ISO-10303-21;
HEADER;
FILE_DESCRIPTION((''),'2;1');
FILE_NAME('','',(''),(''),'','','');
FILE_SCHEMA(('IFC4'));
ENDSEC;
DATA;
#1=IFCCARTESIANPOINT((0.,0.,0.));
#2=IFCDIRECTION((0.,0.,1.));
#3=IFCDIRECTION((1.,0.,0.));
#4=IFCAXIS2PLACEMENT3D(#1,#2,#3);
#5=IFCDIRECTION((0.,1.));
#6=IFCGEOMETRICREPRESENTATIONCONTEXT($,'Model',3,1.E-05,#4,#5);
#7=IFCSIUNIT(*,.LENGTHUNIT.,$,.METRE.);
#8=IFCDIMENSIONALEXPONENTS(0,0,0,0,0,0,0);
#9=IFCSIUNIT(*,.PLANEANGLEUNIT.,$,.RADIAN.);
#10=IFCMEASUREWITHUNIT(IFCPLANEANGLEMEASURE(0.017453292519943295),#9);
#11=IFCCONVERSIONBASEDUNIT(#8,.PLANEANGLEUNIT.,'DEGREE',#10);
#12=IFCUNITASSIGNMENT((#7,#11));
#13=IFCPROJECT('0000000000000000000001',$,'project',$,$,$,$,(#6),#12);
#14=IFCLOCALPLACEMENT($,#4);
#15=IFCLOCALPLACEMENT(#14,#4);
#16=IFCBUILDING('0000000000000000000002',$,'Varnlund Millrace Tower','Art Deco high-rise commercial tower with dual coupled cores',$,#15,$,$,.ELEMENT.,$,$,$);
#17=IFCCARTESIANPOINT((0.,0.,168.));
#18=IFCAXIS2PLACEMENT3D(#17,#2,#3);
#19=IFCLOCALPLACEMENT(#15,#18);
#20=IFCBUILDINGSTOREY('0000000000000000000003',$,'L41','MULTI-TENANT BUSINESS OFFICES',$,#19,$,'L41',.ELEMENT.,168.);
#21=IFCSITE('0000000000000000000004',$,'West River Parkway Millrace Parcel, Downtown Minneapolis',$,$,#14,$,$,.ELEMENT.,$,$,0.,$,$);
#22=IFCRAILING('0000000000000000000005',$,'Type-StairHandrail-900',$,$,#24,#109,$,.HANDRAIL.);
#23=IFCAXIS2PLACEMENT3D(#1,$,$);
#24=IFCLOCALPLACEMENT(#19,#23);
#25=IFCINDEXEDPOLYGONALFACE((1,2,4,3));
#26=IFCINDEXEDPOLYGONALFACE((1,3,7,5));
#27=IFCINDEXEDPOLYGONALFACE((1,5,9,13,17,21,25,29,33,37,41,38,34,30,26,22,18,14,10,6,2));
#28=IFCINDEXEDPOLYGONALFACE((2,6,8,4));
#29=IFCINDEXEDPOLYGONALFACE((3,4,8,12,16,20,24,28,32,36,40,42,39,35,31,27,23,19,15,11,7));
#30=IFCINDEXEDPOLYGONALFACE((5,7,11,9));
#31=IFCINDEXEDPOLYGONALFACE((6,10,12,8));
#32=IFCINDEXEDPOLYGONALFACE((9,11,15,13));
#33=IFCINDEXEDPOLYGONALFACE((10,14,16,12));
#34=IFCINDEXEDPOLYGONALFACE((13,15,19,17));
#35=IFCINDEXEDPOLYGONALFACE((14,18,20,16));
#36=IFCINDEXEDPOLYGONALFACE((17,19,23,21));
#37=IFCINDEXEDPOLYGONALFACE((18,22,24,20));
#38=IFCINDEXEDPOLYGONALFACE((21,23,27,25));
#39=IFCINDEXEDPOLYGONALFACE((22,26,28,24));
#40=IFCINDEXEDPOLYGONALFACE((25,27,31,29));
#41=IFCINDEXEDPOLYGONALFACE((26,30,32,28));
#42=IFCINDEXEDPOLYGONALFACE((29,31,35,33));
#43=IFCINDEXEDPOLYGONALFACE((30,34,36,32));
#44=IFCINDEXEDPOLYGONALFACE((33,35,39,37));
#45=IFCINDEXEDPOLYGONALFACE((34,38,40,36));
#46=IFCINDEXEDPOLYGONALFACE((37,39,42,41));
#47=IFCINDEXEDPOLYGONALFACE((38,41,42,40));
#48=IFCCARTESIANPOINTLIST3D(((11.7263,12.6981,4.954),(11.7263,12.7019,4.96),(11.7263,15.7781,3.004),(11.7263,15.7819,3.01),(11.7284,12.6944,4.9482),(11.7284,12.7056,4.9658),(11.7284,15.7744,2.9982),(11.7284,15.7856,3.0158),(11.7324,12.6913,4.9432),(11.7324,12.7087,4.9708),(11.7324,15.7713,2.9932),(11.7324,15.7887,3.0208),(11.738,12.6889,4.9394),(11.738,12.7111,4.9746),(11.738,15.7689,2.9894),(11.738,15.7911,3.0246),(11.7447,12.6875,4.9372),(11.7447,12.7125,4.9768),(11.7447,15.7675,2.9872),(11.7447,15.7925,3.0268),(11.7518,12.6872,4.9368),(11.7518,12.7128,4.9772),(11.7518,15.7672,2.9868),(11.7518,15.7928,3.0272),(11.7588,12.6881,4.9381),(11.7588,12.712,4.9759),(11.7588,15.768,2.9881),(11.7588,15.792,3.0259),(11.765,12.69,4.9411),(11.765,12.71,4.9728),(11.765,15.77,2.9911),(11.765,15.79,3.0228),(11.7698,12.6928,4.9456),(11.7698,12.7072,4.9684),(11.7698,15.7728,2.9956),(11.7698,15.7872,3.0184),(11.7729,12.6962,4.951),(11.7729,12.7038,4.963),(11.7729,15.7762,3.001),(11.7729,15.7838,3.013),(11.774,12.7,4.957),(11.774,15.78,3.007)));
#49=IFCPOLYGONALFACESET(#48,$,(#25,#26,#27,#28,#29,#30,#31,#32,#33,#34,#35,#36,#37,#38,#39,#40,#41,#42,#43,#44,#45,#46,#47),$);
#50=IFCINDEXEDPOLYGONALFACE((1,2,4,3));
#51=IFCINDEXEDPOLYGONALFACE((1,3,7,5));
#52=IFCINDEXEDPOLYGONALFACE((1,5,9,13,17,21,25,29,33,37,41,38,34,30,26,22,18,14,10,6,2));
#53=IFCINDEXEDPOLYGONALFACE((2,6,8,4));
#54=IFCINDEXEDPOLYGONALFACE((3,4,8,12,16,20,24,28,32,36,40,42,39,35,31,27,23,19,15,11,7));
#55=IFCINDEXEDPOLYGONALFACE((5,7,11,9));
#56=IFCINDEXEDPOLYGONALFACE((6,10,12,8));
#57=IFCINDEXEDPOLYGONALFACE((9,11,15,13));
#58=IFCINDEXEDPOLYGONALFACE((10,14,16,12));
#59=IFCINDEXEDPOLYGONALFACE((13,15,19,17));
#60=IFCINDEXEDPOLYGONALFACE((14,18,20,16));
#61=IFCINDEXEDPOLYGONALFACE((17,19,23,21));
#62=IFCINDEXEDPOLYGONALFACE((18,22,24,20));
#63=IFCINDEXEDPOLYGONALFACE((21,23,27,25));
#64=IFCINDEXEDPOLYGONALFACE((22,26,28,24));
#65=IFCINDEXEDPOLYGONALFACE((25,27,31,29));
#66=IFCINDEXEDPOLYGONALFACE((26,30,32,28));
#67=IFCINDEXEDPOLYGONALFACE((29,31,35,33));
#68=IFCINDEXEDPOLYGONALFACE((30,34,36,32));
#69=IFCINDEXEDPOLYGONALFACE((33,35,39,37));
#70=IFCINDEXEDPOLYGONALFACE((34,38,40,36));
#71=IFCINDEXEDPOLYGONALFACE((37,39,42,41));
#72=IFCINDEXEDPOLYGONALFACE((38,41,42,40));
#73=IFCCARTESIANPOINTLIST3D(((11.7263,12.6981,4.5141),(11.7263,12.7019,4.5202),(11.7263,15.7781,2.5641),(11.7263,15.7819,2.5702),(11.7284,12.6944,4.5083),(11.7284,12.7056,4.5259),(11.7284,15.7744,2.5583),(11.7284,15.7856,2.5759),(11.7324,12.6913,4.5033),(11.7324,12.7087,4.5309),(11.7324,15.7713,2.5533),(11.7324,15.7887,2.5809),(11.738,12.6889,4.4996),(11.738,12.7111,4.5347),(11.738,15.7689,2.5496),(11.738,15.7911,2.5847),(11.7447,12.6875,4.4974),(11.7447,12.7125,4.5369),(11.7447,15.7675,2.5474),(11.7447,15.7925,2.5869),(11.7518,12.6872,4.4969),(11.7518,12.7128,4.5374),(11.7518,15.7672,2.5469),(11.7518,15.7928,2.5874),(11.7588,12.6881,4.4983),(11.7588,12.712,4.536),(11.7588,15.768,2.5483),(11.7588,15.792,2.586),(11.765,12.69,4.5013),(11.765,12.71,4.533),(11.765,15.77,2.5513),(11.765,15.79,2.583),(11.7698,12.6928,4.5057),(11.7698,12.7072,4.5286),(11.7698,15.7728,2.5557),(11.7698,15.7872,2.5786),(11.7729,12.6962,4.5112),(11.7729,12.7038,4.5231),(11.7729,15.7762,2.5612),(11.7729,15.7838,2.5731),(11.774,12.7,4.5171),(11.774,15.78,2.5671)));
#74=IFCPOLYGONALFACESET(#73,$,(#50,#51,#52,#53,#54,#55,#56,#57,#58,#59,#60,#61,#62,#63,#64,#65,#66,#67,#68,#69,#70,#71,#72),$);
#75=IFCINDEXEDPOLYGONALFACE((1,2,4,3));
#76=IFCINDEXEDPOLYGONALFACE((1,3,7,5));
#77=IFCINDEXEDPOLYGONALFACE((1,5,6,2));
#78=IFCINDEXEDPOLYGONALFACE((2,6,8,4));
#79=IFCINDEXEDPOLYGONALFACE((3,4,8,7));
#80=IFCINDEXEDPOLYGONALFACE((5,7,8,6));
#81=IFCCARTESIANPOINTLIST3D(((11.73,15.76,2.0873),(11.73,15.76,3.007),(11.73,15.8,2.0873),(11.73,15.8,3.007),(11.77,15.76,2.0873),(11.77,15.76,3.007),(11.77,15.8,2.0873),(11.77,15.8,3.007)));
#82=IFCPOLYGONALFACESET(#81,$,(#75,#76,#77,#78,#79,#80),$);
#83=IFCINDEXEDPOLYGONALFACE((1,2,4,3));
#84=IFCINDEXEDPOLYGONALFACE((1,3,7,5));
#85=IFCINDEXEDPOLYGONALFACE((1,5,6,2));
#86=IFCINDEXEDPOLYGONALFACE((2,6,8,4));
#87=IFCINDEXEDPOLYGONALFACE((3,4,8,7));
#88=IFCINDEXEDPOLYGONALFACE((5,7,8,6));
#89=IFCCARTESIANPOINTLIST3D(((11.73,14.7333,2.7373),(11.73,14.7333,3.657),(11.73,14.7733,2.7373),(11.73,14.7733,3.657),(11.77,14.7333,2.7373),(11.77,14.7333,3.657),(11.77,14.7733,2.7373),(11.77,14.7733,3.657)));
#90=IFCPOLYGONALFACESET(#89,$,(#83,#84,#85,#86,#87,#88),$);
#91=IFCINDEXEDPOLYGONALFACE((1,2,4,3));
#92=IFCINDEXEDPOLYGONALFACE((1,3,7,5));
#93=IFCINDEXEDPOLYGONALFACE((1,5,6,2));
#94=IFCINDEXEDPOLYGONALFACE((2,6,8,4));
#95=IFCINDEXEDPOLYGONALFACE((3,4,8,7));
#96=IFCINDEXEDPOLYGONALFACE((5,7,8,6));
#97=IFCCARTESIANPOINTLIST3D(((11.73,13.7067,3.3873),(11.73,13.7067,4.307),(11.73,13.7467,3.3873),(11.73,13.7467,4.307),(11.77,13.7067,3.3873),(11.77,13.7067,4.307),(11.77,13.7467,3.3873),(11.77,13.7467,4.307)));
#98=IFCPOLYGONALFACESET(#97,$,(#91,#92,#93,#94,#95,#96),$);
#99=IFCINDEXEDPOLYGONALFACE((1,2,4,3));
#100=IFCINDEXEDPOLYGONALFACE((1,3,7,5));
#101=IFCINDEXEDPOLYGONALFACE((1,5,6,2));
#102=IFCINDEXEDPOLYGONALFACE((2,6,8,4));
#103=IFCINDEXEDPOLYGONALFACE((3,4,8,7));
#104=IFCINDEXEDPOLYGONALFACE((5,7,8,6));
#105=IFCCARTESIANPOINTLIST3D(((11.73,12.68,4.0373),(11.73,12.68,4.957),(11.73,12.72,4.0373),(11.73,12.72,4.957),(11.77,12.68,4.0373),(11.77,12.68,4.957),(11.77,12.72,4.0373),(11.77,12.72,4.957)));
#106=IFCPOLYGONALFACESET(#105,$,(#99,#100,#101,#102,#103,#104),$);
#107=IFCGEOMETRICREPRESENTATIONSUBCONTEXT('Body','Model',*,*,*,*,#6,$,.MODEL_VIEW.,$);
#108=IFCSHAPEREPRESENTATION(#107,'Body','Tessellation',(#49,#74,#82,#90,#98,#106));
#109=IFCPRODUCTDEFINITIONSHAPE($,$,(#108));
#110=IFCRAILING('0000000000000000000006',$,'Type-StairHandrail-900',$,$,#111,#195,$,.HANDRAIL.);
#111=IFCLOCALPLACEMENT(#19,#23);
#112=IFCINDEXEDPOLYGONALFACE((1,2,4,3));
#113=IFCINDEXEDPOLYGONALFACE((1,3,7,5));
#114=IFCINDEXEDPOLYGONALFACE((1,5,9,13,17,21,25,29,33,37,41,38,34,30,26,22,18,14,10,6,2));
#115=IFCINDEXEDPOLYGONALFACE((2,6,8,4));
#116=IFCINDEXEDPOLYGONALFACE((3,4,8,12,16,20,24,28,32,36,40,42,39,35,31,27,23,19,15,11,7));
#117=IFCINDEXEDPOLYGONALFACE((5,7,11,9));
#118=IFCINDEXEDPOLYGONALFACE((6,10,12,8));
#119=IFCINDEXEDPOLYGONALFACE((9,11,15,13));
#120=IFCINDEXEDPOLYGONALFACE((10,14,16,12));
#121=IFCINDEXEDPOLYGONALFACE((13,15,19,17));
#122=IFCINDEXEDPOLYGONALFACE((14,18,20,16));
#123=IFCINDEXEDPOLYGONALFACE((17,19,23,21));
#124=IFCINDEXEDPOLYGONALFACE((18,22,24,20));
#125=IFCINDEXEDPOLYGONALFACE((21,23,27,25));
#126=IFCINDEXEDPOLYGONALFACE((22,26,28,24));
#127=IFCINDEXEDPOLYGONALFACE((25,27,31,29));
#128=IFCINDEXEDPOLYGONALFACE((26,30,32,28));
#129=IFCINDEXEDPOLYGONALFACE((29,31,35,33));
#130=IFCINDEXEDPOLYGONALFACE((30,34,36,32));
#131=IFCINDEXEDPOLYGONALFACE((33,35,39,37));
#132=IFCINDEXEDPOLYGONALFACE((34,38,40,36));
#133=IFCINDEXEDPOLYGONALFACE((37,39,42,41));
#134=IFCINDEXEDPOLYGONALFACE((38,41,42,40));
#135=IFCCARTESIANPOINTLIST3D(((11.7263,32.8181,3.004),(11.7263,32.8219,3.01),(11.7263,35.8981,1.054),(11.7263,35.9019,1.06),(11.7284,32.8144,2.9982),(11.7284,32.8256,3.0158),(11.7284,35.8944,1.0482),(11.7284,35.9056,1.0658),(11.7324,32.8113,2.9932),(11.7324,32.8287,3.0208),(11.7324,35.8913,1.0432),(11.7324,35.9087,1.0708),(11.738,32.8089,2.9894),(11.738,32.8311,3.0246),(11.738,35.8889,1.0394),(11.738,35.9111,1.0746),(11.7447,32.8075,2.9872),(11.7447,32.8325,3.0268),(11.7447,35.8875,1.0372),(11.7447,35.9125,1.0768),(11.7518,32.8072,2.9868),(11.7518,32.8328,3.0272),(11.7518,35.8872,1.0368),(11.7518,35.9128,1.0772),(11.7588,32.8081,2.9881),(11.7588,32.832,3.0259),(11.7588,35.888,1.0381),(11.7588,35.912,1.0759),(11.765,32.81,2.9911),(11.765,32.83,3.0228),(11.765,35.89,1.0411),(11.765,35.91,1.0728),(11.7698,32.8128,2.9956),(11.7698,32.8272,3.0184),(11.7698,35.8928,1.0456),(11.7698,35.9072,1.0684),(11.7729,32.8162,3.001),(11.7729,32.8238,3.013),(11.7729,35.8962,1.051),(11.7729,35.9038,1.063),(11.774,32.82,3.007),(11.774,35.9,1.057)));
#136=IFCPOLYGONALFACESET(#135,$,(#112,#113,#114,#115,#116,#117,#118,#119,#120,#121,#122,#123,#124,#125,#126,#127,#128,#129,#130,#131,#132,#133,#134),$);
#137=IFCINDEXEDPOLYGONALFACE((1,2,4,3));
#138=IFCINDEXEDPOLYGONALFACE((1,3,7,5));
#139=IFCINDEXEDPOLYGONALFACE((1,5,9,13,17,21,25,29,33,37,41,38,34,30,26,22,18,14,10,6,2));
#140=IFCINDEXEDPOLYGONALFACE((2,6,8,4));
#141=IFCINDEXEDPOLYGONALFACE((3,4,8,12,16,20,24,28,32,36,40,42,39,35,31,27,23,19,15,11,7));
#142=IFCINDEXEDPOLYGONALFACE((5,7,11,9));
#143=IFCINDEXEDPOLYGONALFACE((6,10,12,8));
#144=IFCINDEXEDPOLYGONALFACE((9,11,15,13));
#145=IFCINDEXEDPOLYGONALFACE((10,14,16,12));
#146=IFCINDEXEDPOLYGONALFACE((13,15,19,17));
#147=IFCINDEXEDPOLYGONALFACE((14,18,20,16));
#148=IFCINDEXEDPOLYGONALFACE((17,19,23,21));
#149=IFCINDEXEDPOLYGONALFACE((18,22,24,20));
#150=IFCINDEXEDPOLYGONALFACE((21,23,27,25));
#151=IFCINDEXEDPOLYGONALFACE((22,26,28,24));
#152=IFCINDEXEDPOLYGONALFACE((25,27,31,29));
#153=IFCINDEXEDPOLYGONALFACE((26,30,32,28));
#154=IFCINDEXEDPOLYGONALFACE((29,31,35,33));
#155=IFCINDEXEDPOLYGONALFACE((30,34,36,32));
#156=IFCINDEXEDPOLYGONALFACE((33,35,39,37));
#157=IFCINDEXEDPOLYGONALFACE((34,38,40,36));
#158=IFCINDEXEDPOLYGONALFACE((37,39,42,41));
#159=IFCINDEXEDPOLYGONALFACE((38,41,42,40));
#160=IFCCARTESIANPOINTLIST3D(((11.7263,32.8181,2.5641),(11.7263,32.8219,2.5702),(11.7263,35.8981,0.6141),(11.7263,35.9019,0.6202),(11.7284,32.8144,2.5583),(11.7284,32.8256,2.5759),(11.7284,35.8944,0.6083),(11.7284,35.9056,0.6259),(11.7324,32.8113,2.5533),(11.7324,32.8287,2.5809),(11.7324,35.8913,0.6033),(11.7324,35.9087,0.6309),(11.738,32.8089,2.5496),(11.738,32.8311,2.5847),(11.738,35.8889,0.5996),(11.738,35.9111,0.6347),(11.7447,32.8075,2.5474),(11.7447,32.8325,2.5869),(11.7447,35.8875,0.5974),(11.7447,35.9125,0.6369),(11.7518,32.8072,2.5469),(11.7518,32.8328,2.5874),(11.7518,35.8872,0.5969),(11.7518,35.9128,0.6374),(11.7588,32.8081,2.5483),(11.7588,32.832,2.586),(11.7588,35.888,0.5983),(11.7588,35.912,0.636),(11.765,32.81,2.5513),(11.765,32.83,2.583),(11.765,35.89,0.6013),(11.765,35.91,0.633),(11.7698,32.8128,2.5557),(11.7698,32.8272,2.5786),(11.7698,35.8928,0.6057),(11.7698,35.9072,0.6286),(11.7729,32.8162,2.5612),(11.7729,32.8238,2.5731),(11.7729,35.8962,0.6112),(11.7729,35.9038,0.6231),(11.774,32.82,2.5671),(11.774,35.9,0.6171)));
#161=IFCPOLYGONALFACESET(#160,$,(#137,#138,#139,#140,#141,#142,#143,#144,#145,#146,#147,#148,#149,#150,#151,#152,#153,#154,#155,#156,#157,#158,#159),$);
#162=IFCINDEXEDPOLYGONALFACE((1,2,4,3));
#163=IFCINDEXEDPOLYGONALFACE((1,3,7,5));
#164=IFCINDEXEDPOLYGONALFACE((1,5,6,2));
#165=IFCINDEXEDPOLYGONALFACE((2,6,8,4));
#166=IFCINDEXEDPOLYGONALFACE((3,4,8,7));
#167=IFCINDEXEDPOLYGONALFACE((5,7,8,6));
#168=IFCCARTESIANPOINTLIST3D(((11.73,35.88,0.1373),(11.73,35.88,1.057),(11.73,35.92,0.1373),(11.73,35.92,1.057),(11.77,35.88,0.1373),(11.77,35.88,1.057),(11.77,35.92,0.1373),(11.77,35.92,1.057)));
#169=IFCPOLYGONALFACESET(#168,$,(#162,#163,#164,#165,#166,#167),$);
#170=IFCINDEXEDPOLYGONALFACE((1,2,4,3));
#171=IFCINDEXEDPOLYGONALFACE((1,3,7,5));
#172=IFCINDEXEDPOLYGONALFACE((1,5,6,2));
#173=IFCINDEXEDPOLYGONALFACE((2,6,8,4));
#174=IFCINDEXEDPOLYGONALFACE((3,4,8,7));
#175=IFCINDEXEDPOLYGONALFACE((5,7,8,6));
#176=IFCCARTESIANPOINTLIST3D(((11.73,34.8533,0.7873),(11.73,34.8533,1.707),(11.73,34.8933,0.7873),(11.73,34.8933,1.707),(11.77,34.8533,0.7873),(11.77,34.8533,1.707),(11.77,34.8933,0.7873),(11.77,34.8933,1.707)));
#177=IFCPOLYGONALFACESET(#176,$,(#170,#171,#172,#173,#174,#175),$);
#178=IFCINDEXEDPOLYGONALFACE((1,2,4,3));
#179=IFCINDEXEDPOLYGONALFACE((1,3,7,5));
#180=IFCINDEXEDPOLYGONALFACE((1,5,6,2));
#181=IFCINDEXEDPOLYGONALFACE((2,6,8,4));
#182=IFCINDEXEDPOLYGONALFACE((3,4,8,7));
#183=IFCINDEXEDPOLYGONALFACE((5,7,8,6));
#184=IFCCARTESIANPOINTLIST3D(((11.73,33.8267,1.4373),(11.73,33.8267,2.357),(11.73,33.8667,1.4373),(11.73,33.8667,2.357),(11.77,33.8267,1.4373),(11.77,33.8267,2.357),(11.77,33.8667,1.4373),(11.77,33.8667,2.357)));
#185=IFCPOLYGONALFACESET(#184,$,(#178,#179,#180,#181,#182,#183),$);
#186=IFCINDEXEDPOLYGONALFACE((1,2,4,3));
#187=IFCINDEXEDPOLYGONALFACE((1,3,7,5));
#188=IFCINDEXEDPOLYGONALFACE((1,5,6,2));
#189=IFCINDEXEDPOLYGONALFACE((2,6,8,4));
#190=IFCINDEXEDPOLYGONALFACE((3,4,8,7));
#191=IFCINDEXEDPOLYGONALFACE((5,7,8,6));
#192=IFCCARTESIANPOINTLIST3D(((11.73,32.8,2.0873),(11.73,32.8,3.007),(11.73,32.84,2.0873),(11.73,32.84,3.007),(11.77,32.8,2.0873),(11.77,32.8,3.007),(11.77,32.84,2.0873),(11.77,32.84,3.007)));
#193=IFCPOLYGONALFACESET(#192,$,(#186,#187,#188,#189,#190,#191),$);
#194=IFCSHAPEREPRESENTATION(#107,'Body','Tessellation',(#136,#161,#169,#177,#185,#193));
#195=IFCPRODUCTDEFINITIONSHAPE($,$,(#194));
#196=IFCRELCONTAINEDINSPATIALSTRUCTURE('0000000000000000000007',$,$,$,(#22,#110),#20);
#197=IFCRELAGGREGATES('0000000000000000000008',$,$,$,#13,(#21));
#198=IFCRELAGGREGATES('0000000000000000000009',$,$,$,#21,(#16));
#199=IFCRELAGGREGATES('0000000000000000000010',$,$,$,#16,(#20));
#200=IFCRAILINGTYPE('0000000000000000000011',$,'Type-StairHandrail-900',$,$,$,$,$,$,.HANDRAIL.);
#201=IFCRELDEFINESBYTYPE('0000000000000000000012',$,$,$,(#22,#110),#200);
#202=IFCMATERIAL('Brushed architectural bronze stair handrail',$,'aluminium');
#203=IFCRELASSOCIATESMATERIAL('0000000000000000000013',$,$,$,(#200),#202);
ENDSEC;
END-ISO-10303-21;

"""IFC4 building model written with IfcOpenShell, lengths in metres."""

from ifc_helpers import new_model, entity, si_unit, converted_unit, direction, frame, origin_with_axes, origin_2d_with_axis, place, context, subcontext, project, spatial, rectangle, circle, extrude, material, type_object, element, save


model = new_model("IFC4")

# Units and contexts
model_context = context("Model", 3, precision=1e-05, world=origin_with_axes(), true_north=direction((0.0, 1.0)))
body_context = subcontext(model_context, "Body", "Model", "MODEL_VIEW")
ifc_project = project(units=[si_unit("LENGTHUNIT", "METRE"), converted_unit("PLANEANGLEUNIT", "DEGREE", entity("IfcPlaneAngleMeasure", 0.017453292519943295), si_unit("PLANEANGLEUNIT", "RADIAN"), dimensions=[0, 0, 0, 0, 0, 0, 0])], contexts=[model_context])

# Site, building, storey
site_placement = place(None, origin_with_axes())
site = spatial("IfcSite", under=ifc_project, at=site_placement, Name="West River Parkway Millrace Parcel, Downtown Minneapolis", CompositionType="ELEMENT", RefElevation=0.0)
building_placement = place(site_placement, origin_with_axes())
building = spatial("IfcBuilding", under=site, at=building_placement, Name="Varnlund Millrace Tower", Description="Art Deco high-rise commercial tower with dual coupled cores", CompositionType="ELEMENT")
storey_placement = place(building_placement, frame((0.0, 0.0, 168.0), z_axis=(0.0, 0.0, 1.0), x_axis=(1.0, 0.0, 0.0)))
storey = spatial("IfcBuildingStorey", under=building, at=storey_placement, Name="L41", Description="MULTI-TENANT BUSINESS OFFICES", LongName="L41", CompositionType="ELEMENT", Elevation=168.0)

# Railings
ifc_material_1 = material(Name="Brushed architectural bronze stair handrail", Category="aluminium")
railing_type_1 = type_object("IfcRailingType", Name="Type-StairHandrail-900", PredefinedType="HANDRAIL", material=ifc_material_1)
railing_1_placement = place(storey_placement, frame((0.0, 0.0, -168.0), z_axis=(0.0, 0.0, 1.0), x_axis=(1.0, 0.0, 0.0)))
element("IfcRailing", 1, at=railing_1_placement, inside=storey, type_object=railing_type_1, Name="Type-StairHandrail-900", PredefinedType="HANDRAIL", context=body_context, shape_type="SweptSolid", body=[
    extrude(circle(Radius=0.024, at=origin_2d_with_axis()), frame((11.75, 15.78, 171.007), z_axis=(0.0, -0.844902, 0.534922), x_axis=(1.0, 0.0, 0.0)), (0.0, 0.0, 1.0), 3.6454),
    extrude(circle(Radius=0.024, at=origin_2d_with_axis()), frame((11.75, 15.78, 170.5671), z_axis=(0.0, -0.844902, 0.534922), x_axis=(1.0, 0.0, 0.0)), (0.0, 0.0, 1.0), 3.6454),
    extrude(rectangle(XDim=0.04, YDim=0.04, at=origin_2d_with_axis()), frame((11.75, 15.78, 170.0873), z_axis=(0.0, 0.0, 1.0), x_axis=(1.0, 0.0, 0.0)), (0.0, 0.0, 1.0), 0.9197),
    extrude(rectangle(XDim=0.04, YDim=0.04, at=origin_2d_with_axis()), frame((11.75, 14.7533, 170.7373), z_axis=(0.0, 0.0, 1.0), x_axis=(1.0, 0.0, 0.0)), (0.0, 0.0, 1.0), 0.9197),
    extrude(rectangle(XDim=0.04, YDim=0.04, at=origin_2d_with_axis()), frame((11.75, 13.7267, 171.3873), z_axis=(0.0, 0.0, 1.0), x_axis=(1.0, 0.0, 0.0)), (0.0, 0.0, 1.0), 0.9197),
    extrude(rectangle(XDim=0.04, YDim=0.04, at=origin_2d_with_axis()), frame((11.75, 12.7, 172.0373), z_axis=(0.0, 0.0, 1.0), x_axis=(1.0, 0.0, 0.0)), (0.0, 0.0, 1.0), 0.9197),
])
railing_2_placement = place(storey_placement, frame((0.0, 0.0, -168.0), z_axis=(0.0, 0.0, 1.0), x_axis=(1.0, 0.0, 0.0)))
element("IfcRailing", 2, at=railing_2_placement, inside=storey, type_object=railing_type_1, Name="Type-StairHandrail-900", PredefinedType="HANDRAIL", context=body_context, shape_type="SweptSolid", body=[
    extrude(circle(Radius=0.024, at=origin_2d_with_axis()), frame((11.75, 35.9, 169.057), z_axis=(0.0, -0.844902, 0.534922), x_axis=(1.0, 0.0, 0.0)), (0.0, 0.0, 1.0), 3.6454),
    extrude(circle(Radius=0.024, at=origin_2d_with_axis()), frame((11.75, 35.9, 168.6171), z_axis=(0.0, -0.844902, 0.534922), x_axis=(1.0, 0.0, 0.0)), (0.0, 0.0, 1.0), 3.6454),
    extrude(rectangle(XDim=0.04, YDim=0.04, at=origin_2d_with_axis()), frame((11.75, 35.9, 168.1373), z_axis=(0.0, 0.0, 1.0), x_axis=(1.0, 0.0, 0.0)), (0.0, 0.0, 1.0), 0.9197),
    extrude(rectangle(XDim=0.04, YDim=0.04, at=origin_2d_with_axis()), frame((11.75, 34.8733, 168.7873), z_axis=(0.0, 0.0, 1.0), x_axis=(1.0, 0.0, 0.0)), (0.0, 0.0, 1.0), 0.9197),
    extrude(rectangle(XDim=0.04, YDim=0.04, at=origin_2d_with_axis()), frame((11.75, 33.8467, 169.4373), z_axis=(0.0, 0.0, 1.0), x_axis=(1.0, 0.0, 0.0)), (0.0, 0.0, 1.0), 0.9197),
    extrude(rectangle(XDim=0.04, YDim=0.04, at=origin_2d_with_axis()), frame((11.75, 32.82, 170.0873), z_axis=(0.0, 0.0, 1.0), x_axis=(1.0, 0.0, 0.0)), (0.0, 0.0, 1.0), 0.9197),
])

save(model, "model.ifc")
